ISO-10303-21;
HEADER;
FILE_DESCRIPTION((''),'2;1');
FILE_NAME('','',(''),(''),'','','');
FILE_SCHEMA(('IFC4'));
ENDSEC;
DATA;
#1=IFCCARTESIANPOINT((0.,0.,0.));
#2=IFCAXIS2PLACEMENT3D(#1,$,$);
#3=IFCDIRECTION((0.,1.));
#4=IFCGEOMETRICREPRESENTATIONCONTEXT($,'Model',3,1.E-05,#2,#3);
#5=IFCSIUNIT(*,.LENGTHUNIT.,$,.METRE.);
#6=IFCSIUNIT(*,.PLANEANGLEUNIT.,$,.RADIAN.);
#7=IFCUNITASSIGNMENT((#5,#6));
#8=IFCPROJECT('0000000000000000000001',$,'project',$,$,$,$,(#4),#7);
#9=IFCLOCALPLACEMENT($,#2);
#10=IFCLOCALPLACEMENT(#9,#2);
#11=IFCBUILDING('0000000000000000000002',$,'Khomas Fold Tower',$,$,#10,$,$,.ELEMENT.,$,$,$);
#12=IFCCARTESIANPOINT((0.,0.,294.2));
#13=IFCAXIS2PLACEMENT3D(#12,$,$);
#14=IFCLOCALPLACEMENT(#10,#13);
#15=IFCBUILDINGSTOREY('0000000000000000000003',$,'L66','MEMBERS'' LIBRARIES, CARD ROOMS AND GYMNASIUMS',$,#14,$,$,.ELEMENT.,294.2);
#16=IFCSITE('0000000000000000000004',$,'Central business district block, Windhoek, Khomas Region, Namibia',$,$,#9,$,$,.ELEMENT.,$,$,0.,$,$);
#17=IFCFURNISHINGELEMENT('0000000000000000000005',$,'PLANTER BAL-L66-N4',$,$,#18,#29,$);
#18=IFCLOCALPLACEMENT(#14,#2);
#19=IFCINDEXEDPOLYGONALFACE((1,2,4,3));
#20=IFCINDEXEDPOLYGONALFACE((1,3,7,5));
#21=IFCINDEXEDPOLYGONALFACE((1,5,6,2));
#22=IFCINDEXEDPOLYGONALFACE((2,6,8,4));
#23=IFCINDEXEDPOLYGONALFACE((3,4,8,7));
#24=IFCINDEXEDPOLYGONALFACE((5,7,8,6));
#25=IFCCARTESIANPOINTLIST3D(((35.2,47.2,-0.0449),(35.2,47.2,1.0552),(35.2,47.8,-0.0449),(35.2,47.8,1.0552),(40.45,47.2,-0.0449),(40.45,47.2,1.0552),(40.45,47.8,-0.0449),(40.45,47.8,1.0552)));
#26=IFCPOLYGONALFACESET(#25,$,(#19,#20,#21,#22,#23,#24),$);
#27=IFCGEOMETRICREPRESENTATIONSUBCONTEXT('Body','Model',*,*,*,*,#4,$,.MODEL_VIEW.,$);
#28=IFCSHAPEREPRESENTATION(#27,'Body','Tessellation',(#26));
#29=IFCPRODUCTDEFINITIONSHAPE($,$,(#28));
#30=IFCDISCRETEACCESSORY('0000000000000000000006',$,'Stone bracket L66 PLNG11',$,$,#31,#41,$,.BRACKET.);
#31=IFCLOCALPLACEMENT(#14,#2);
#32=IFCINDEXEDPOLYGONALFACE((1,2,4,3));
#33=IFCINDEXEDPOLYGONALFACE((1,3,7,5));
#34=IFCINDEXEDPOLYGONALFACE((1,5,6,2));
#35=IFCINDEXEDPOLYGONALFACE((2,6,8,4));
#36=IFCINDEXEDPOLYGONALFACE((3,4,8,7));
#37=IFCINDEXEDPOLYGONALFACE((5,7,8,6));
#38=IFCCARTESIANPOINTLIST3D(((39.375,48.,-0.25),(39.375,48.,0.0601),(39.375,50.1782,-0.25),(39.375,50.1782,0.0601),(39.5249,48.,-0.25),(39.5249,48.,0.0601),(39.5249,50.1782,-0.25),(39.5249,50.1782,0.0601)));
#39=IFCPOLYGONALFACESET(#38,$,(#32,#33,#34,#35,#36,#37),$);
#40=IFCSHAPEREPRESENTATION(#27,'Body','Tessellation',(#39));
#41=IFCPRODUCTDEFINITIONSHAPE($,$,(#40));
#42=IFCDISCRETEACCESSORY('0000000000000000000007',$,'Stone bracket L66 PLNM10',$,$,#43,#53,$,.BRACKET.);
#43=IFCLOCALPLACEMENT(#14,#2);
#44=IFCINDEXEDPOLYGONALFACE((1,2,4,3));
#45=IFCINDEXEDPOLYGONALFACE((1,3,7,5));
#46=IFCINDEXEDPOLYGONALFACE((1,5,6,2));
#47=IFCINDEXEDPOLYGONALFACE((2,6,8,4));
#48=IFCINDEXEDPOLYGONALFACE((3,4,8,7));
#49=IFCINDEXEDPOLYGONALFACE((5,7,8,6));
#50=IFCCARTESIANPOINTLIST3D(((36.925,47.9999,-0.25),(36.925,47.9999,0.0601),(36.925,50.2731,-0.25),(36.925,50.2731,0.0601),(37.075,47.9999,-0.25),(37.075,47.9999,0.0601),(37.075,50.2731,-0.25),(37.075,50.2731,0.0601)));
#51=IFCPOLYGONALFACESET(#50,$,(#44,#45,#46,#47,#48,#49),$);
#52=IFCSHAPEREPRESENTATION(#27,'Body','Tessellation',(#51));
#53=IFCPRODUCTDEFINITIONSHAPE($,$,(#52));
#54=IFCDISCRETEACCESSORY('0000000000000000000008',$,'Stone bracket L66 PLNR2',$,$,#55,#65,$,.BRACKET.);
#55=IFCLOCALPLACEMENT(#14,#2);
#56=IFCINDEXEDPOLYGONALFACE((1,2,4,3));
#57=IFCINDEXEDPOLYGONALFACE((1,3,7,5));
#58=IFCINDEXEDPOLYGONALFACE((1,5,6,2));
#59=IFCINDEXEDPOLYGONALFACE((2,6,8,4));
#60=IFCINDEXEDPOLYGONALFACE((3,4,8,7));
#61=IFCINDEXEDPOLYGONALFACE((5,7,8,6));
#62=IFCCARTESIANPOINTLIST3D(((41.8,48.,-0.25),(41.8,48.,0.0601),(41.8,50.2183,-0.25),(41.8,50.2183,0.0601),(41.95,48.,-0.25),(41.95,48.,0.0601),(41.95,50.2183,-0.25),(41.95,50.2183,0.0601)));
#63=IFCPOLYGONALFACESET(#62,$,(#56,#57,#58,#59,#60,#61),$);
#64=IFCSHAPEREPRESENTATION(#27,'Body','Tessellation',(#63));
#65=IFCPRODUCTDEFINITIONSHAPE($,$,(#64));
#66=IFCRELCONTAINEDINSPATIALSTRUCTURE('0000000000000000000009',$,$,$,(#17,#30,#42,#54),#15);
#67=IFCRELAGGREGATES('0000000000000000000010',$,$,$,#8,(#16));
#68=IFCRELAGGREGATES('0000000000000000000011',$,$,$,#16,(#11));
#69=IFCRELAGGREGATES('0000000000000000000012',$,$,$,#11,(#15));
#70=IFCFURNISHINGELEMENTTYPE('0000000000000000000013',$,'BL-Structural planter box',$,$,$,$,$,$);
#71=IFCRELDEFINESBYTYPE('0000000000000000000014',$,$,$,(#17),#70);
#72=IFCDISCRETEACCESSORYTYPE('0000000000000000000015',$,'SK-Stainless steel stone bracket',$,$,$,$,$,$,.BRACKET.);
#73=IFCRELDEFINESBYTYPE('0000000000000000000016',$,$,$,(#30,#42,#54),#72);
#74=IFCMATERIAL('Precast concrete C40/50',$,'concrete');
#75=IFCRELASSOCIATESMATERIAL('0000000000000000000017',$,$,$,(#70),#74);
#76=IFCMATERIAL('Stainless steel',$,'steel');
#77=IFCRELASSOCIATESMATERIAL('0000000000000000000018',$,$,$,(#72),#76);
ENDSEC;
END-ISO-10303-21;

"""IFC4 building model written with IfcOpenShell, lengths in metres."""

from ifc_helpers import new_model, si_unit, direction, frame, origin, origin_2d, place, context, subcontext, project, spatial, rectangle, extrude, source, transform, mapped, material, type_object, element, save


model = new_model("IFC4")

# Units and contexts
model_context = context("Model", 3, precision=1e-05, world=origin(), true_north=direction((0.0, 1.0)))
body_context = subcontext(model_context, "Body", "Model", "MODEL_VIEW")
ifc_project = project(units=[si_unit("LENGTHUNIT", "METRE"), si_unit("PLANEANGLEUNIT", "RADIAN")], contexts=[model_context])

# Site, building, storey
site_placement = place(None, origin())
site = spatial("IfcSite", under=ifc_project, at=site_placement, Name="Central business district block, Windhoek, Khomas Region, Namibia", CompositionType="ELEMENT", RefElevation=0.0)
building_placement = place(site_placement, origin())
building = spatial("IfcBuilding", under=site, at=building_placement, Name="Khomas Fold Tower", CompositionType="ELEMENT")
storey_placement = place(building_placement, frame((0.0, 0.0, 294.2)))
storey = spatial("IfcBuildingStorey", under=building, at=storey_placement, Name="L66", Description="MEMBERS' LIBRARIES, CARD ROOMS AND GYMNASIUMS", CompositionType="ELEMENT", Elevation=294.2)

# Furnishing element
ifc_material_1 = material(Name="Precast concrete C40/50", Category="concrete")
furnishing_element_type_1 = type_object("IfcFurnishingElementType", Name="BL-Structural planter box", material=ifc_material_1)
shared_shape_1 = source(origin(), body_context, "Body", "SweptSolid", [
    extrude(rectangle(XDim=5.25, YDim=0.6001, at=origin_2d()), origin(), (0.0, 0.0, 1.0), 1.1001),
])
furnishing_1_placement = place(storey_placement, frame((37.825, 47.5, -0.0449), z_axis=(0.0, 0.0, 1.0), x_axis=(1.0, 0.0, 0.0)))
element("IfcFurnishingElement", 1, at=furnishing_1_placement, inside=storey, type_object=furnishing_element_type_1, Name="PLANTER BAL-L66-N4", context=body_context, shape_type="MappedRepresentation", body=[
    mapped(shared_shape_1, transform((0.0, 0.0, 0.0))),
])

# Discrete accessories
ifc_material_2 = material(Name="Stainless steel", Category="steel")
discrete_accessory_type = type_object("IfcDiscreteAccessoryType", Name="SK-Stainless steel stone bracket", PredefinedType="BRACKET", material=ifc_material_2)
shared_shape_2 = source(origin(), body_context, "Body", "SweptSolid", [
    extrude(rectangle(XDim=2.1782, YDim=0.1499, at=origin_2d()), origin(), (0.0, 0.0, 1.0), 0.3101),
])
discrete_accessory_1_placement = place(storey_placement, frame((39.45, 49.0891, -0.25), z_axis=(0.0, 0.0, 1.0), x_axis=(0.0, 1.0, 0.0)))
element("IfcDiscreteAccessory", 2, at=discrete_accessory_1_placement, inside=storey, type_object=discrete_accessory_type, Name="Stone bracket L66 PLNG11", PredefinedType="BRACKET", context=body_context, shape_type="MappedRepresentation", body=[
    mapped(shared_shape_2, transform((0.0, 0.0, 0.0))),
])
shared_shape_3 = source(origin(), body_context, "Body", "SweptSolid", [
    extrude(rectangle(XDim=2.2732, YDim=0.1499, at=origin_2d()), origin(), (0.0, 0.0, 1.0), 0.3101),
])
discrete_accessory_2_placement = place(storey_placement, frame((37.0, 49.1365, -0.25), z_axis=(0.0, 0.0, 1.0), x_axis=(0.0, 1.0, 0.0)))
element("IfcDiscreteAccessory", 3, at=discrete_accessory_2_placement, inside=storey, type_object=discrete_accessory_type, Name="Stone bracket L66 PLNM10", PredefinedType="BRACKET", context=body_context, shape_type="MappedRepresentation", body=[
    mapped(shared_shape_3, transform((0.0, 0.0, 0.0))),
])
shared_shape_4 = source(origin(), body_context, "Body", "SweptSolid", [
    extrude(rectangle(XDim=2.2183, YDim=0.1499, at=origin_2d()), origin(), (0.0, 0.0, 1.0), 0.3101),
])
discrete_accessory_3_placement = place(storey_placement, frame((41.875, 49.1091, -0.25), z_axis=(0.0, 0.0, 1.0), x_axis=(0.0, 1.0, 0.0)))
element("IfcDiscreteAccessory", 4, at=discrete_accessory_3_placement, inside=storey, type_object=discrete_accessory_type, Name="Stone bracket L66 PLNR2", PredefinedType="BRACKET", context=body_context, shape_type="MappedRepresentation", body=[
    mapped(shared_shape_4, transform((0.0, 0.0, 0.0))),
])

save(model, "model.ifc")
